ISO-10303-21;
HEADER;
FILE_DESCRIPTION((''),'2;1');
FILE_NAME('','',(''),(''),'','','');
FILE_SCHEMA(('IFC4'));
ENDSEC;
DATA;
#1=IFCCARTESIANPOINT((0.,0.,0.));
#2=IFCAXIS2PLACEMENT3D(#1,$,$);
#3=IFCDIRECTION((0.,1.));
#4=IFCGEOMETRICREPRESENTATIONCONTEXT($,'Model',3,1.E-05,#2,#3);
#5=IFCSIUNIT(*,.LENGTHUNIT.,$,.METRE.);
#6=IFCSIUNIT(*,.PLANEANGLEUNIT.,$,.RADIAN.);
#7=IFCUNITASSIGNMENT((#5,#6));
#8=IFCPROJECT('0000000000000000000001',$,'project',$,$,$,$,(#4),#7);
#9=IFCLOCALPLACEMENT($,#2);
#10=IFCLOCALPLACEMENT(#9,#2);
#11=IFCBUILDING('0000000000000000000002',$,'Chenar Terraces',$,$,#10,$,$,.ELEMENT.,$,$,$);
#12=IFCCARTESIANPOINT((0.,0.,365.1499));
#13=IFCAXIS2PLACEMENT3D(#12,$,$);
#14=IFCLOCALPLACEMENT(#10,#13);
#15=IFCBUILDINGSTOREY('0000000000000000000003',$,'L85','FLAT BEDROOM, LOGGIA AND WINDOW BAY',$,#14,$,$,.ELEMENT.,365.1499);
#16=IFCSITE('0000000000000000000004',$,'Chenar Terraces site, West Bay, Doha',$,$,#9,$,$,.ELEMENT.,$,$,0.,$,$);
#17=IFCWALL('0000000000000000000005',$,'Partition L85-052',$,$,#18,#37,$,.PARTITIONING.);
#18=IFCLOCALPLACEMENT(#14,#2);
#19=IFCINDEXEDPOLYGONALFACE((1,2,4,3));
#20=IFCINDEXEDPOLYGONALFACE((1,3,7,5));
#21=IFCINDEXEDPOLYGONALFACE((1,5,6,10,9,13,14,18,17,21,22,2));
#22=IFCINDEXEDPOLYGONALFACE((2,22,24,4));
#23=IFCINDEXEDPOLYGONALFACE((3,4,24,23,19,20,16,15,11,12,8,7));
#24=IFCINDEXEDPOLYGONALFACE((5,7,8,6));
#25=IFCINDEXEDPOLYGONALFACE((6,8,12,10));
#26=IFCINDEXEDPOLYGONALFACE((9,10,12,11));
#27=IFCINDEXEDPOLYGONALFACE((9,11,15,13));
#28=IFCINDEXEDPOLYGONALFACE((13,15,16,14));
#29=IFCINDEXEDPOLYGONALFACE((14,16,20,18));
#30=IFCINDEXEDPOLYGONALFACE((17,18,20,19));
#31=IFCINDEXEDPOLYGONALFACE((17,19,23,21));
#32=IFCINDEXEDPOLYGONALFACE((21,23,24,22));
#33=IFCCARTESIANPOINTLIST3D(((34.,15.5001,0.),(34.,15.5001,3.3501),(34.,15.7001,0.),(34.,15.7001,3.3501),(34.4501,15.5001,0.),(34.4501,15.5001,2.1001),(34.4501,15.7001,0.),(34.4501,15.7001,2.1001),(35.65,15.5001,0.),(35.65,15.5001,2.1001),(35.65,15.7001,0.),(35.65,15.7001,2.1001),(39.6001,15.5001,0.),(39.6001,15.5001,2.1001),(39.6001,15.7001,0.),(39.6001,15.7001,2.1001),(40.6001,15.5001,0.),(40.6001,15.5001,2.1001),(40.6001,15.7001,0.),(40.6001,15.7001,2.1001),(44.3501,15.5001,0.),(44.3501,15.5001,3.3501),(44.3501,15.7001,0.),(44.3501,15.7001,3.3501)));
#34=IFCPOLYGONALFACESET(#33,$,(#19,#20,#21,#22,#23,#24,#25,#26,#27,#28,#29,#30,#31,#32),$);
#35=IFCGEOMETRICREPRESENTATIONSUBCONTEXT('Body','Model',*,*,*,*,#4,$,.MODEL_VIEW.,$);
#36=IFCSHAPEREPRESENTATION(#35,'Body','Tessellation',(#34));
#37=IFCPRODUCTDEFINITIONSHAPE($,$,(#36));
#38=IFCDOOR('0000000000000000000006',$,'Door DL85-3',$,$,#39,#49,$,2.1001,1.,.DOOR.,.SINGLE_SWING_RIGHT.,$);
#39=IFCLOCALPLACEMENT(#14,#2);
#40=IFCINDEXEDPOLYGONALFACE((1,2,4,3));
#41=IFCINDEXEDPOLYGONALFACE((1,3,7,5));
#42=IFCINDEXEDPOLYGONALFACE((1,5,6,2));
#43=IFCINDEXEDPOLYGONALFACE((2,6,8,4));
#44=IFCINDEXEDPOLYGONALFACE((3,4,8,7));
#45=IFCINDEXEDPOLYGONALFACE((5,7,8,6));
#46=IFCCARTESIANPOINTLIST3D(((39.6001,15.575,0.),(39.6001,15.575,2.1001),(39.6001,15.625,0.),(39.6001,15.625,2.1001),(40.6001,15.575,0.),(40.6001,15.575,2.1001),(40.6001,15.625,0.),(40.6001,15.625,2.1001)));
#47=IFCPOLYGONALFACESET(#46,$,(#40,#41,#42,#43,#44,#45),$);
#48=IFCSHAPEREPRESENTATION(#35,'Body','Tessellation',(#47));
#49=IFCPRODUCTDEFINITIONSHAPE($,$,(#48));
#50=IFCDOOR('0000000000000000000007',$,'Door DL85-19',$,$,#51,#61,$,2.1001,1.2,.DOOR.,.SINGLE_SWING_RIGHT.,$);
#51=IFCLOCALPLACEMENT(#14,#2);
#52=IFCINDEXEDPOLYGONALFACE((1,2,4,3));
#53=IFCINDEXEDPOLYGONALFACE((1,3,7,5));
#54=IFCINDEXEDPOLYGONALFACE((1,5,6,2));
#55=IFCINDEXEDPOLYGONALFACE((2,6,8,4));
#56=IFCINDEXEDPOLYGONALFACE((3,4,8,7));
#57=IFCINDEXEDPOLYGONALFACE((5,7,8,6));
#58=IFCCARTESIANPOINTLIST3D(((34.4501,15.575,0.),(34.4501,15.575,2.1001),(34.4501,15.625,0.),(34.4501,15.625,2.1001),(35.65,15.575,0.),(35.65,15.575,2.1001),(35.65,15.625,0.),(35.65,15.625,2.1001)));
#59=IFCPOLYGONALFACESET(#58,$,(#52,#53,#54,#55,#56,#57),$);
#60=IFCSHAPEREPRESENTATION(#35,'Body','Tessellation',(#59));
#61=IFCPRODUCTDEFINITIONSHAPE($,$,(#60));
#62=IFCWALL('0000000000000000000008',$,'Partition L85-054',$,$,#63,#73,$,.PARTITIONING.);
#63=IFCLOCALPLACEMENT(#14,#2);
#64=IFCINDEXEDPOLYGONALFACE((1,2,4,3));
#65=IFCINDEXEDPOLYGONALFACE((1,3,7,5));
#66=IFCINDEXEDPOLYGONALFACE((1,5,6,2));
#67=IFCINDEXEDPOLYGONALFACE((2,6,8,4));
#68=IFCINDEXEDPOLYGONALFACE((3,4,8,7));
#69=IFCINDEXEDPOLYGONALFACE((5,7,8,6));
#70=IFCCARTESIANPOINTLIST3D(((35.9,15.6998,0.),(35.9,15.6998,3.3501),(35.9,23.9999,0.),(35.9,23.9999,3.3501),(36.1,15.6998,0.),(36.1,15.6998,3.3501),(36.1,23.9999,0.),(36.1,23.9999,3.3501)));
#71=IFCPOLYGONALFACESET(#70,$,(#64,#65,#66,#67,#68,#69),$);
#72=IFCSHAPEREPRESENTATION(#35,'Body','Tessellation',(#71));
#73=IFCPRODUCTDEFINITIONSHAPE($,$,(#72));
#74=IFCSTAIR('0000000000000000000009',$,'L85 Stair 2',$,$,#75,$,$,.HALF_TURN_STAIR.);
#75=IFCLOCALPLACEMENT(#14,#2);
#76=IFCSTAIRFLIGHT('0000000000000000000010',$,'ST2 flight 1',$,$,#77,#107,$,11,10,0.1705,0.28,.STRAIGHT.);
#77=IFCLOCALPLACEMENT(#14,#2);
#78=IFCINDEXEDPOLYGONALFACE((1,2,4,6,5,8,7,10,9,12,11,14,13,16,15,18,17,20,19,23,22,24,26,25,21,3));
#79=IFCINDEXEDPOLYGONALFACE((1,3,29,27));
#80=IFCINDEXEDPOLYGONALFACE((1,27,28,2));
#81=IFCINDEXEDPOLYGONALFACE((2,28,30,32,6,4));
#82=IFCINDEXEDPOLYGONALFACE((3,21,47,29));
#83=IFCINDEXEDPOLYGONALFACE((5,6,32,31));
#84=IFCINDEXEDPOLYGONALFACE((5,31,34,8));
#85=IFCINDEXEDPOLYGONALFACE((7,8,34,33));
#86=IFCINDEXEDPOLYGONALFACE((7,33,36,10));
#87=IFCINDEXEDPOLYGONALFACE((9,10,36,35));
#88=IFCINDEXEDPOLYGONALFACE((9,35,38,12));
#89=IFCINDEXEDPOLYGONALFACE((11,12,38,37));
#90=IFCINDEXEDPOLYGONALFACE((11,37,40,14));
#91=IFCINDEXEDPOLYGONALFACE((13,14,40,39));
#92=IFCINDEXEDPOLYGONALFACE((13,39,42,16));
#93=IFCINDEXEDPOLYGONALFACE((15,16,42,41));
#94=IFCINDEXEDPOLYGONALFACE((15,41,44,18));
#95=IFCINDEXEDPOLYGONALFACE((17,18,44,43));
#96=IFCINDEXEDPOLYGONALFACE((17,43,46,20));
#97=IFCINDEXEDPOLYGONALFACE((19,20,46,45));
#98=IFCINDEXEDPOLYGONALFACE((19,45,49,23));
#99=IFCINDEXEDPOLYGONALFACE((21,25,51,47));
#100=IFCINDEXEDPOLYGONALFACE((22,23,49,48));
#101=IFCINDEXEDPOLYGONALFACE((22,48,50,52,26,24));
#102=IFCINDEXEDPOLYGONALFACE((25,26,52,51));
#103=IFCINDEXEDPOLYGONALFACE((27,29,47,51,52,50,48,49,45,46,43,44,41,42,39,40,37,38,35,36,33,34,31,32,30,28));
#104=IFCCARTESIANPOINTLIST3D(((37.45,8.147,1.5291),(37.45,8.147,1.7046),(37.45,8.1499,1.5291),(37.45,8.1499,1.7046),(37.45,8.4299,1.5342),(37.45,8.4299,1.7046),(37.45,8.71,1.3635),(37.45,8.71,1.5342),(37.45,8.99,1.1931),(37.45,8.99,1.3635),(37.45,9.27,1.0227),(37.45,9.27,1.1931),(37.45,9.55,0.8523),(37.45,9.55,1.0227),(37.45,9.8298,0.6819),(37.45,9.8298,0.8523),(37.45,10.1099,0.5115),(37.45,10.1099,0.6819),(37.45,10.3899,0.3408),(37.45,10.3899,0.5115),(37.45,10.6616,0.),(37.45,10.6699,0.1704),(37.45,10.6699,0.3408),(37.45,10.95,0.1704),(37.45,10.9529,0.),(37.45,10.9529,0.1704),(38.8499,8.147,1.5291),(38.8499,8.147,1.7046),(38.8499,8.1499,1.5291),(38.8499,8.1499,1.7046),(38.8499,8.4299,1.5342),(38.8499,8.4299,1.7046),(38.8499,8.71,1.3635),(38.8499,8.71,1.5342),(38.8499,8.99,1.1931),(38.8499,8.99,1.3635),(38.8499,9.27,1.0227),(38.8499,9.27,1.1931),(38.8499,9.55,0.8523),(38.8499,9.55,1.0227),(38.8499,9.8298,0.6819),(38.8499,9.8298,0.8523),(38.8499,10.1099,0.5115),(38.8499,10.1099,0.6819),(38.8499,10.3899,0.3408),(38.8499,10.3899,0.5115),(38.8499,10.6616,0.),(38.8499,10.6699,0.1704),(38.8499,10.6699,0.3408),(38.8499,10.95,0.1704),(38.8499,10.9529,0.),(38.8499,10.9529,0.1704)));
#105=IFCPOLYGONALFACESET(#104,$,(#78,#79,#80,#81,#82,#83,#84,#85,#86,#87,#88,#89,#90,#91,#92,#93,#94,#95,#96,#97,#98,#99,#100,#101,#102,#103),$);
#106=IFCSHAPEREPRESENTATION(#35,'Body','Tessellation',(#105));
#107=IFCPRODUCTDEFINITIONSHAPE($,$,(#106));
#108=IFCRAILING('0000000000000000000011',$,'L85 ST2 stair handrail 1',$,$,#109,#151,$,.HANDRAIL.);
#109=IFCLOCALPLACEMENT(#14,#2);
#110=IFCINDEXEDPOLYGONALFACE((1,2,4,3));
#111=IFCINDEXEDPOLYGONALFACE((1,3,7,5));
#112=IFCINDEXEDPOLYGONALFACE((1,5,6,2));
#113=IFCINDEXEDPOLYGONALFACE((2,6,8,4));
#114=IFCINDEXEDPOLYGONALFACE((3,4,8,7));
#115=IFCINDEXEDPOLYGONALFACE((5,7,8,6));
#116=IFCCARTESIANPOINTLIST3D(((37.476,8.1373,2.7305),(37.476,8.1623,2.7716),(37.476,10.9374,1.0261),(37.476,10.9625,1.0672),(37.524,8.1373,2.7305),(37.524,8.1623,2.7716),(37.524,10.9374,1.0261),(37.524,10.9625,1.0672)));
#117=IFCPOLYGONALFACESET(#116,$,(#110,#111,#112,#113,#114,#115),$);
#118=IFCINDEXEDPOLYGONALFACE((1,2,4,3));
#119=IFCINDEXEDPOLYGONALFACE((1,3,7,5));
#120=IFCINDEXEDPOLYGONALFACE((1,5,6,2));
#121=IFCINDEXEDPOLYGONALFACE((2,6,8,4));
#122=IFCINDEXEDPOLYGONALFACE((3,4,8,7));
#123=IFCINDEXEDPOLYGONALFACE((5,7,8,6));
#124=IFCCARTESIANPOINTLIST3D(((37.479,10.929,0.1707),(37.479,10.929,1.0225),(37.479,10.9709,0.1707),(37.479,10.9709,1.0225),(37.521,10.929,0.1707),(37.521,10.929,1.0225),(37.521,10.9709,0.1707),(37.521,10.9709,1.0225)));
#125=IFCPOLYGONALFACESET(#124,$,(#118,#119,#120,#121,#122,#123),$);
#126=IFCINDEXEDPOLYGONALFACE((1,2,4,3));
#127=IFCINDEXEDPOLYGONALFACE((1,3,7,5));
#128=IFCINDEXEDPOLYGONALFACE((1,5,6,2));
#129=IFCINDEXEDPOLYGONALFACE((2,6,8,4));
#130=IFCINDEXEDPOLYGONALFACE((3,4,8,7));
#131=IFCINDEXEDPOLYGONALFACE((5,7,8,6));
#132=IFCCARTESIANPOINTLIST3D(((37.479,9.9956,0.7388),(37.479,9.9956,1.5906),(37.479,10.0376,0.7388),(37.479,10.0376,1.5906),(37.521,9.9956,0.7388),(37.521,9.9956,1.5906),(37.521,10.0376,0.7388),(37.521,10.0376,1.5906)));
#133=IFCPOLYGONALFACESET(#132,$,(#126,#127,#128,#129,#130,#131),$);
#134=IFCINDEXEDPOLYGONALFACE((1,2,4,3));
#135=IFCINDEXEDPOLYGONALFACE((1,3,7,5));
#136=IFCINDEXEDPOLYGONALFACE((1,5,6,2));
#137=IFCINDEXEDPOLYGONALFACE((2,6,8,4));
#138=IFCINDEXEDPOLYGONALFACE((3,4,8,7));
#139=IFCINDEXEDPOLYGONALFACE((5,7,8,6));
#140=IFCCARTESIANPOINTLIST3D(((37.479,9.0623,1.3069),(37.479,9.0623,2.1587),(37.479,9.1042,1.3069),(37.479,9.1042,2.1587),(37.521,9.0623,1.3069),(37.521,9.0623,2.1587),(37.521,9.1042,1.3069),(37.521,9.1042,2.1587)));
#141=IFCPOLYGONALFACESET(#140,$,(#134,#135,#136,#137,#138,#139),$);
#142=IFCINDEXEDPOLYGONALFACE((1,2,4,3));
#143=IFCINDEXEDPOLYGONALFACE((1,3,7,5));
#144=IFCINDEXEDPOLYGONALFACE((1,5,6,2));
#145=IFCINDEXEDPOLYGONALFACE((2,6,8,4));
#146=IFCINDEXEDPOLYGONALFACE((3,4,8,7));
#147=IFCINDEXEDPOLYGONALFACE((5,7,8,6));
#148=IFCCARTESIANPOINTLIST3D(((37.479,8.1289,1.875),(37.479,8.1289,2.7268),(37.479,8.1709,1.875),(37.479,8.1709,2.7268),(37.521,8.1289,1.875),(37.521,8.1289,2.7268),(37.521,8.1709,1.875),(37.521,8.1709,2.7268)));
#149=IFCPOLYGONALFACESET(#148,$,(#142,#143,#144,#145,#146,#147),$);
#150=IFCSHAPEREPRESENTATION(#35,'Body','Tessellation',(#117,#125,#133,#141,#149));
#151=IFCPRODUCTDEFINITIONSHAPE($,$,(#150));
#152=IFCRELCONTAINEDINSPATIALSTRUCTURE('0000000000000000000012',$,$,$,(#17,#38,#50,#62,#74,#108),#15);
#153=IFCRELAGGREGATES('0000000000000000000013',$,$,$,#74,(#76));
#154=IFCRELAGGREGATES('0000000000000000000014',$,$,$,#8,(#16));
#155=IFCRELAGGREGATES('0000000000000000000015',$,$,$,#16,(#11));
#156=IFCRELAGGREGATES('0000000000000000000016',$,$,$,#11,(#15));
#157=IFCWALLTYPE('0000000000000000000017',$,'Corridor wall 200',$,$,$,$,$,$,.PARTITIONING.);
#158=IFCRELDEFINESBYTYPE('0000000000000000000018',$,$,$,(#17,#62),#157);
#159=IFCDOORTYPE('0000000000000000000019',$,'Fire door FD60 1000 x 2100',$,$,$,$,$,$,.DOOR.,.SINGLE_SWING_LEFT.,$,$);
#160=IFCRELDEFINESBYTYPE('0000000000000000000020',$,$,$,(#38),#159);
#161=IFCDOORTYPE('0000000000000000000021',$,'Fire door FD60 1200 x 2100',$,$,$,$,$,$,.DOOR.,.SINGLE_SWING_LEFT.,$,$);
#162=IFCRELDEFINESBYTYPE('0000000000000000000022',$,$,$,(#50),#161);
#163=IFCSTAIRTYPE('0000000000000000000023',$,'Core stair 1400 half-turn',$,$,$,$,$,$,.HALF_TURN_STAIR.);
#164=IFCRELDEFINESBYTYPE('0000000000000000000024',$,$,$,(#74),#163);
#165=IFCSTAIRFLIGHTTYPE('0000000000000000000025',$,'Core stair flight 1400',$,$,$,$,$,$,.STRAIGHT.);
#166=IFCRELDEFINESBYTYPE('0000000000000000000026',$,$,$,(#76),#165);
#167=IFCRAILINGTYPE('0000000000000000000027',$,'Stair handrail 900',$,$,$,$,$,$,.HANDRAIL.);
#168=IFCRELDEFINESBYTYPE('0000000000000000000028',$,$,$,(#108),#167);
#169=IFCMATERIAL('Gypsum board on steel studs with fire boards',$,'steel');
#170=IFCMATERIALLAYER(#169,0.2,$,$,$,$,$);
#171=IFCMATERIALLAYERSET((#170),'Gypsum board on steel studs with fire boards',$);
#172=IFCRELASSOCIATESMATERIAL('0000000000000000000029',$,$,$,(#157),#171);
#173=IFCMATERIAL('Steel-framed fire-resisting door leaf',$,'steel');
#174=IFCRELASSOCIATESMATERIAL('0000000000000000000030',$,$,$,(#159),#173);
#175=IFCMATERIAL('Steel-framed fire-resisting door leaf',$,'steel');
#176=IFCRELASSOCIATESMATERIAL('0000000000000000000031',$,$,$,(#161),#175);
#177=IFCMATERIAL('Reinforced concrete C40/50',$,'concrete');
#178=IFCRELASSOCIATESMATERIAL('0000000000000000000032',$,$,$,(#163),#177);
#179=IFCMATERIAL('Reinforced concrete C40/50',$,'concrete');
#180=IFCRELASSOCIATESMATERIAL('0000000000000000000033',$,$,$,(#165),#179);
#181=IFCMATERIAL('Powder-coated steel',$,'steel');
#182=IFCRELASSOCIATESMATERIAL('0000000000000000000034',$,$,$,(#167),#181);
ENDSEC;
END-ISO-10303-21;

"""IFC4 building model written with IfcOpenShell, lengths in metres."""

from ifc_helpers import new_model, si_unit, direction, frame, frame_2d, origin, origin_2d, place, context, subcontext, project, spatial, polyline, rectangle, outline, extrude, material, layer, layer_set, type_object, element, fill, aggregate, save


model = new_model("IFC4")

# Units and contexts
model_context = context("Model", 3, precision=1e-05, world=origin(), true_north=direction((0.0, 1.0)))
body_context = subcontext(model_context, "Body", "Model", "MODEL_VIEW")
ifc_project = project(units=[si_unit("LENGTHUNIT", "METRE"), si_unit("PLANEANGLEUNIT", "RADIAN")], contexts=[model_context])

# Site, building, storey
site_placement = place(None, origin())
site = spatial("IfcSite", under=ifc_project, at=site_placement, Name="Chenar Terraces site, West Bay, Doha", CompositionType="ELEMENT", RefElevation=0.0)
building_placement = place(site_placement, origin())
building = spatial("IfcBuilding", under=site, at=building_placement, Name="Chenar Terraces", CompositionType="ELEMENT")
storey_placement = place(building_placement, frame((0.0, 0.0, 365.1499)))
storey = spatial("IfcBuildingStorey", under=building, at=storey_placement, Name="L85", Description="FLAT BEDROOM, LOGGIA AND WINDOW BAY", CompositionType="ELEMENT", Elevation=365.1499)

# Shared definitions
ifc_material_1 = material(Name="Gypsum board on steel studs with fire boards", Category="steel")
ifc_layer_1 = layer(ifc_material_1, 0.2)
ifc_layer_set_1 = layer_set([ifc_layer_1], Name="Gypsum board on steel studs with fire boards")
wall_type_1 = type_object("IfcWallType", Name="Corridor wall 200", PredefinedType="PARTITIONING", material=ifc_layer_set_1)

# Wall, openings, doors
wall_1_placement = place(storey_placement, frame((34.0, 15.6001, 0.0), z_axis=(0.0, 0.0, 1.0), x_axis=(1.0, 0.0, 0.0)))
wall_1 = element("IfcWall", 1, at=wall_1_placement, inside=storey, type_object=wall_type_1, Name="Partition L85-052", PredefinedType="PARTITIONING", context=body_context, shape_type="SweptSolid", body=[
    extrude(rectangle(XDim=10.3501, YDim=0.2, at=frame_2d((5.175, 0.0))), origin(), (0.0, 0.0, 1.0), 3.3501),
])
opening_1_placement = place(wall_1_placement, frame((5.6001, 0.0, 0.0)))
opening_1 = element("IfcOpeningElement", 2, at=opening_1_placement, cuts=wall_1, PredefinedType="OPENING", context=body_context, shape_type="SweptSolid", body=[
    extrude(rectangle(XDim=1.0, YDim=2.1001, at=frame_2d((0.5, 1.05))), frame((0.0, 0.1099, 0.0), z_axis=(0.0, -1.0, 0.0), x_axis=(1.0, 0.0, 0.0)), (0.0, 0.0, 1.0), 0.22),
])
opening_2_placement = place(wall_1_placement, frame((0.45, 0.0, 0.0)))
opening_2 = element("IfcOpeningElement", 3, at=opening_2_placement, cuts=wall_1, PredefinedType="OPENING", context=body_context, shape_type="SweptSolid", body=[
    extrude(rectangle(XDim=1.2, YDim=2.1001, at=frame_2d((0.6001, 1.05))), frame((0.0, 0.1099, 0.0), z_axis=(0.0, -1.0, 0.0), x_axis=(1.0, 0.0, 0.0)), (0.0, 0.0, 1.0), 0.22),
])
ifc_material_2 = material(Name="Steel-framed fire-resisting door leaf", Category="steel")
door_type_1 = type_object("IfcDoorType", Name="Fire door FD60 1000 x 2100", OperationType="SINGLE_SWING_LEFT", PredefinedType="DOOR", material=ifc_material_2)
door_1_placement = place(opening_1_placement, origin())
door_1 = element("IfcDoor", 4, at=door_1_placement, inside=storey, type_object=door_type_1, Name="Door DL85-3", OperationType="SINGLE_SWING_RIGHT", OverallHeight=2.1001, OverallWidth=1.0, PredefinedType="DOOR", context=body_context, shape_type="SweptSolid", body=[
    extrude(rectangle(XDim=1.0, YDim=2.1001, at=frame_2d((0.5, 1.05))), frame((0.0, 0.0249, 0.0), z_axis=(0.0, -1.0, 0.0), x_axis=(1.0, 0.0, 0.0)), (0.0, 0.0, 1.0), 0.05),
])
fill(opening_1, door_1)
ifc_material_3 = material(Name="Steel-framed fire-resisting door leaf", Category="steel")
door_type_2 = type_object("IfcDoorType", Name="Fire door FD60 1200 x 2100", OperationType="SINGLE_SWING_LEFT", PredefinedType="DOOR", material=ifc_material_3)
door_2_placement = place(opening_2_placement, origin())
door_2 = element("IfcDoor", 5, at=door_2_placement, inside=storey, type_object=door_type_2, Name="Door DL85-19", OperationType="SINGLE_SWING_RIGHT", OverallHeight=2.1001, OverallWidth=1.2, PredefinedType="DOOR", context=body_context, shape_type="SweptSolid", body=[
    extrude(rectangle(XDim=1.2, YDim=2.1001, at=frame_2d((0.6001, 1.05))), frame((0.0, 0.0249, 0.0), z_axis=(0.0, -1.0, 0.0), x_axis=(1.0, 0.0, 0.0)), (0.0, 0.0, 1.0), 0.05),
])
fill(opening_2, door_2)

# Wall
wall_2_placement = place(storey_placement, frame((36.0, 15.7, 0.0), z_axis=(0.0, 0.0, 1.0), x_axis=(0.0, 1.0, 0.0)))
element("IfcWall", 6, at=wall_2_placement, inside=storey, type_object=wall_type_1, Name="Partition L85-054", PredefinedType="PARTITIONING", context=body_context, shape_type="SweptSolid", body=[
    extrude(rectangle(XDim=8.3, YDim=0.2, at=frame_2d((4.1499, 0.0))), origin(), (0.0, 0.0, 1.0), 3.3501),
])

# Stair, stair flight
ifc_material_4 = material(Name="Reinforced concrete C40/50", Category="concrete")
stair_type = type_object("IfcStairType", Name="Core stair 1400 half-turn", PredefinedType="HALF_TURN_STAIR", material=ifc_material_4)
stair_placement = place(storey_placement, origin())
stair = element("IfcStair", 7, at=stair_placement, inside=storey, type_object=stair_type, Name="L85 Stair 2", PredefinedType="HALF_TURN_STAIR")
ifc_material_5 = material(Name="Reinforced concrete C40/50", Category="concrete")
stair_flight_type = type_object("IfcStairFlightType", Name="Core stair flight 1400", PredefinedType="STRAIGHT", material=ifc_material_5)
stair_flight_placement = place(storey_placement, frame((38.1499, 10.95, 0.0), z_axis=(0.0, 0.0, 1.0), x_axis=(0.0, -1.0, 0.0)))
stair_flight = element("IfcStairFlight", 8, at=stair_flight_placement, type_object=stair_flight_type, Name="ST2 flight 1", NumberOfRisers=11, NumberOfTreads=10, PredefinedType="STRAIGHT", RiserHeight=0.1705, TreadLength=0.28, context=body_context, shape_type="SweptSolid", body=[
    extrude(outline(polyline([(-0.0029, 0.0), (-0.0029, 0.1704), (0.0, 0.1704), (0.28, 0.1704), (0.28, 0.3408), (0.5601, 0.3408), (0.5601, 0.5115), (0.8401, 0.5115), (0.8401, 0.6819), (1.1201, 0.6819), (1.1201, 0.8523), (1.3999, 0.8523), (1.3999, 1.0227), (1.6799, 1.0227), (1.6799, 1.1931), (1.96, 1.1931), (1.96, 1.3635), (2.24, 1.3635), (2.24, 1.5342), (2.52, 1.5342), (2.52, 1.7046), (2.8, 1.7046), (2.803, 1.7046), (2.803, 1.5291), (2.8, 1.5291), (0.2883, 0.0), (-0.0029, 0.0)])), frame((0.0, 0.7, 0.0), z_axis=(0.0, -1.0, 0.0), x_axis=(1.0, 0.0, 0.0)), (0.0, 0.0, 1.0), 1.3999),
])
aggregate(stair, [stair_flight])

# Railing
ifc_material_6 = material(Name="Powder-coated steel", Category="steel")
railing_type = type_object("IfcRailingType", Name="Stair handrail 900", PredefinedType="HANDRAIL", material=ifc_material_6)
railing_placement = place(storey_placement, frame((37.5, 10.95, 0.1707)))
element("IfcRailing", 9, at=railing_placement, inside=storey, type_object=railing_type, Name="L85 ST2 stair handrail 1", PredefinedType="HANDRAIL", context=body_context, shape_type="SweptSolid", body=[
    extrude(rectangle(XDim=0.0481, YDim=0.0481, at=origin_2d()), frame((0.0, 0.0, 0.876), z_axis=(0.0, -0.854203, 0.51994), x_axis=(1.0, 0.0, 0.0)), (0.0, 0.0, 1.0), 3.2781),
    extrude(rectangle(XDim=0.042, YDim=0.042, at=origin_2d()), origin(), (0.0, 0.0, 1.0), 0.8518),
    extrude(rectangle(XDim=0.042, YDim=0.042, at=origin_2d()), frame((0.0, -0.9333, 0.5681)), (0.0, 0.0, 1.0), 0.8518),
    extrude(rectangle(XDim=0.042, YDim=0.042, at=origin_2d()), frame((0.0, -1.8667, 1.1362)), (0.0, 0.0, 1.0), 0.8518),
    extrude(rectangle(XDim=0.042, YDim=0.042, at=origin_2d()), frame((0.0, -2.8, 1.7043)), (0.0, 0.0, 1.0), 0.8518),
])

save(model, "model.ifc")
